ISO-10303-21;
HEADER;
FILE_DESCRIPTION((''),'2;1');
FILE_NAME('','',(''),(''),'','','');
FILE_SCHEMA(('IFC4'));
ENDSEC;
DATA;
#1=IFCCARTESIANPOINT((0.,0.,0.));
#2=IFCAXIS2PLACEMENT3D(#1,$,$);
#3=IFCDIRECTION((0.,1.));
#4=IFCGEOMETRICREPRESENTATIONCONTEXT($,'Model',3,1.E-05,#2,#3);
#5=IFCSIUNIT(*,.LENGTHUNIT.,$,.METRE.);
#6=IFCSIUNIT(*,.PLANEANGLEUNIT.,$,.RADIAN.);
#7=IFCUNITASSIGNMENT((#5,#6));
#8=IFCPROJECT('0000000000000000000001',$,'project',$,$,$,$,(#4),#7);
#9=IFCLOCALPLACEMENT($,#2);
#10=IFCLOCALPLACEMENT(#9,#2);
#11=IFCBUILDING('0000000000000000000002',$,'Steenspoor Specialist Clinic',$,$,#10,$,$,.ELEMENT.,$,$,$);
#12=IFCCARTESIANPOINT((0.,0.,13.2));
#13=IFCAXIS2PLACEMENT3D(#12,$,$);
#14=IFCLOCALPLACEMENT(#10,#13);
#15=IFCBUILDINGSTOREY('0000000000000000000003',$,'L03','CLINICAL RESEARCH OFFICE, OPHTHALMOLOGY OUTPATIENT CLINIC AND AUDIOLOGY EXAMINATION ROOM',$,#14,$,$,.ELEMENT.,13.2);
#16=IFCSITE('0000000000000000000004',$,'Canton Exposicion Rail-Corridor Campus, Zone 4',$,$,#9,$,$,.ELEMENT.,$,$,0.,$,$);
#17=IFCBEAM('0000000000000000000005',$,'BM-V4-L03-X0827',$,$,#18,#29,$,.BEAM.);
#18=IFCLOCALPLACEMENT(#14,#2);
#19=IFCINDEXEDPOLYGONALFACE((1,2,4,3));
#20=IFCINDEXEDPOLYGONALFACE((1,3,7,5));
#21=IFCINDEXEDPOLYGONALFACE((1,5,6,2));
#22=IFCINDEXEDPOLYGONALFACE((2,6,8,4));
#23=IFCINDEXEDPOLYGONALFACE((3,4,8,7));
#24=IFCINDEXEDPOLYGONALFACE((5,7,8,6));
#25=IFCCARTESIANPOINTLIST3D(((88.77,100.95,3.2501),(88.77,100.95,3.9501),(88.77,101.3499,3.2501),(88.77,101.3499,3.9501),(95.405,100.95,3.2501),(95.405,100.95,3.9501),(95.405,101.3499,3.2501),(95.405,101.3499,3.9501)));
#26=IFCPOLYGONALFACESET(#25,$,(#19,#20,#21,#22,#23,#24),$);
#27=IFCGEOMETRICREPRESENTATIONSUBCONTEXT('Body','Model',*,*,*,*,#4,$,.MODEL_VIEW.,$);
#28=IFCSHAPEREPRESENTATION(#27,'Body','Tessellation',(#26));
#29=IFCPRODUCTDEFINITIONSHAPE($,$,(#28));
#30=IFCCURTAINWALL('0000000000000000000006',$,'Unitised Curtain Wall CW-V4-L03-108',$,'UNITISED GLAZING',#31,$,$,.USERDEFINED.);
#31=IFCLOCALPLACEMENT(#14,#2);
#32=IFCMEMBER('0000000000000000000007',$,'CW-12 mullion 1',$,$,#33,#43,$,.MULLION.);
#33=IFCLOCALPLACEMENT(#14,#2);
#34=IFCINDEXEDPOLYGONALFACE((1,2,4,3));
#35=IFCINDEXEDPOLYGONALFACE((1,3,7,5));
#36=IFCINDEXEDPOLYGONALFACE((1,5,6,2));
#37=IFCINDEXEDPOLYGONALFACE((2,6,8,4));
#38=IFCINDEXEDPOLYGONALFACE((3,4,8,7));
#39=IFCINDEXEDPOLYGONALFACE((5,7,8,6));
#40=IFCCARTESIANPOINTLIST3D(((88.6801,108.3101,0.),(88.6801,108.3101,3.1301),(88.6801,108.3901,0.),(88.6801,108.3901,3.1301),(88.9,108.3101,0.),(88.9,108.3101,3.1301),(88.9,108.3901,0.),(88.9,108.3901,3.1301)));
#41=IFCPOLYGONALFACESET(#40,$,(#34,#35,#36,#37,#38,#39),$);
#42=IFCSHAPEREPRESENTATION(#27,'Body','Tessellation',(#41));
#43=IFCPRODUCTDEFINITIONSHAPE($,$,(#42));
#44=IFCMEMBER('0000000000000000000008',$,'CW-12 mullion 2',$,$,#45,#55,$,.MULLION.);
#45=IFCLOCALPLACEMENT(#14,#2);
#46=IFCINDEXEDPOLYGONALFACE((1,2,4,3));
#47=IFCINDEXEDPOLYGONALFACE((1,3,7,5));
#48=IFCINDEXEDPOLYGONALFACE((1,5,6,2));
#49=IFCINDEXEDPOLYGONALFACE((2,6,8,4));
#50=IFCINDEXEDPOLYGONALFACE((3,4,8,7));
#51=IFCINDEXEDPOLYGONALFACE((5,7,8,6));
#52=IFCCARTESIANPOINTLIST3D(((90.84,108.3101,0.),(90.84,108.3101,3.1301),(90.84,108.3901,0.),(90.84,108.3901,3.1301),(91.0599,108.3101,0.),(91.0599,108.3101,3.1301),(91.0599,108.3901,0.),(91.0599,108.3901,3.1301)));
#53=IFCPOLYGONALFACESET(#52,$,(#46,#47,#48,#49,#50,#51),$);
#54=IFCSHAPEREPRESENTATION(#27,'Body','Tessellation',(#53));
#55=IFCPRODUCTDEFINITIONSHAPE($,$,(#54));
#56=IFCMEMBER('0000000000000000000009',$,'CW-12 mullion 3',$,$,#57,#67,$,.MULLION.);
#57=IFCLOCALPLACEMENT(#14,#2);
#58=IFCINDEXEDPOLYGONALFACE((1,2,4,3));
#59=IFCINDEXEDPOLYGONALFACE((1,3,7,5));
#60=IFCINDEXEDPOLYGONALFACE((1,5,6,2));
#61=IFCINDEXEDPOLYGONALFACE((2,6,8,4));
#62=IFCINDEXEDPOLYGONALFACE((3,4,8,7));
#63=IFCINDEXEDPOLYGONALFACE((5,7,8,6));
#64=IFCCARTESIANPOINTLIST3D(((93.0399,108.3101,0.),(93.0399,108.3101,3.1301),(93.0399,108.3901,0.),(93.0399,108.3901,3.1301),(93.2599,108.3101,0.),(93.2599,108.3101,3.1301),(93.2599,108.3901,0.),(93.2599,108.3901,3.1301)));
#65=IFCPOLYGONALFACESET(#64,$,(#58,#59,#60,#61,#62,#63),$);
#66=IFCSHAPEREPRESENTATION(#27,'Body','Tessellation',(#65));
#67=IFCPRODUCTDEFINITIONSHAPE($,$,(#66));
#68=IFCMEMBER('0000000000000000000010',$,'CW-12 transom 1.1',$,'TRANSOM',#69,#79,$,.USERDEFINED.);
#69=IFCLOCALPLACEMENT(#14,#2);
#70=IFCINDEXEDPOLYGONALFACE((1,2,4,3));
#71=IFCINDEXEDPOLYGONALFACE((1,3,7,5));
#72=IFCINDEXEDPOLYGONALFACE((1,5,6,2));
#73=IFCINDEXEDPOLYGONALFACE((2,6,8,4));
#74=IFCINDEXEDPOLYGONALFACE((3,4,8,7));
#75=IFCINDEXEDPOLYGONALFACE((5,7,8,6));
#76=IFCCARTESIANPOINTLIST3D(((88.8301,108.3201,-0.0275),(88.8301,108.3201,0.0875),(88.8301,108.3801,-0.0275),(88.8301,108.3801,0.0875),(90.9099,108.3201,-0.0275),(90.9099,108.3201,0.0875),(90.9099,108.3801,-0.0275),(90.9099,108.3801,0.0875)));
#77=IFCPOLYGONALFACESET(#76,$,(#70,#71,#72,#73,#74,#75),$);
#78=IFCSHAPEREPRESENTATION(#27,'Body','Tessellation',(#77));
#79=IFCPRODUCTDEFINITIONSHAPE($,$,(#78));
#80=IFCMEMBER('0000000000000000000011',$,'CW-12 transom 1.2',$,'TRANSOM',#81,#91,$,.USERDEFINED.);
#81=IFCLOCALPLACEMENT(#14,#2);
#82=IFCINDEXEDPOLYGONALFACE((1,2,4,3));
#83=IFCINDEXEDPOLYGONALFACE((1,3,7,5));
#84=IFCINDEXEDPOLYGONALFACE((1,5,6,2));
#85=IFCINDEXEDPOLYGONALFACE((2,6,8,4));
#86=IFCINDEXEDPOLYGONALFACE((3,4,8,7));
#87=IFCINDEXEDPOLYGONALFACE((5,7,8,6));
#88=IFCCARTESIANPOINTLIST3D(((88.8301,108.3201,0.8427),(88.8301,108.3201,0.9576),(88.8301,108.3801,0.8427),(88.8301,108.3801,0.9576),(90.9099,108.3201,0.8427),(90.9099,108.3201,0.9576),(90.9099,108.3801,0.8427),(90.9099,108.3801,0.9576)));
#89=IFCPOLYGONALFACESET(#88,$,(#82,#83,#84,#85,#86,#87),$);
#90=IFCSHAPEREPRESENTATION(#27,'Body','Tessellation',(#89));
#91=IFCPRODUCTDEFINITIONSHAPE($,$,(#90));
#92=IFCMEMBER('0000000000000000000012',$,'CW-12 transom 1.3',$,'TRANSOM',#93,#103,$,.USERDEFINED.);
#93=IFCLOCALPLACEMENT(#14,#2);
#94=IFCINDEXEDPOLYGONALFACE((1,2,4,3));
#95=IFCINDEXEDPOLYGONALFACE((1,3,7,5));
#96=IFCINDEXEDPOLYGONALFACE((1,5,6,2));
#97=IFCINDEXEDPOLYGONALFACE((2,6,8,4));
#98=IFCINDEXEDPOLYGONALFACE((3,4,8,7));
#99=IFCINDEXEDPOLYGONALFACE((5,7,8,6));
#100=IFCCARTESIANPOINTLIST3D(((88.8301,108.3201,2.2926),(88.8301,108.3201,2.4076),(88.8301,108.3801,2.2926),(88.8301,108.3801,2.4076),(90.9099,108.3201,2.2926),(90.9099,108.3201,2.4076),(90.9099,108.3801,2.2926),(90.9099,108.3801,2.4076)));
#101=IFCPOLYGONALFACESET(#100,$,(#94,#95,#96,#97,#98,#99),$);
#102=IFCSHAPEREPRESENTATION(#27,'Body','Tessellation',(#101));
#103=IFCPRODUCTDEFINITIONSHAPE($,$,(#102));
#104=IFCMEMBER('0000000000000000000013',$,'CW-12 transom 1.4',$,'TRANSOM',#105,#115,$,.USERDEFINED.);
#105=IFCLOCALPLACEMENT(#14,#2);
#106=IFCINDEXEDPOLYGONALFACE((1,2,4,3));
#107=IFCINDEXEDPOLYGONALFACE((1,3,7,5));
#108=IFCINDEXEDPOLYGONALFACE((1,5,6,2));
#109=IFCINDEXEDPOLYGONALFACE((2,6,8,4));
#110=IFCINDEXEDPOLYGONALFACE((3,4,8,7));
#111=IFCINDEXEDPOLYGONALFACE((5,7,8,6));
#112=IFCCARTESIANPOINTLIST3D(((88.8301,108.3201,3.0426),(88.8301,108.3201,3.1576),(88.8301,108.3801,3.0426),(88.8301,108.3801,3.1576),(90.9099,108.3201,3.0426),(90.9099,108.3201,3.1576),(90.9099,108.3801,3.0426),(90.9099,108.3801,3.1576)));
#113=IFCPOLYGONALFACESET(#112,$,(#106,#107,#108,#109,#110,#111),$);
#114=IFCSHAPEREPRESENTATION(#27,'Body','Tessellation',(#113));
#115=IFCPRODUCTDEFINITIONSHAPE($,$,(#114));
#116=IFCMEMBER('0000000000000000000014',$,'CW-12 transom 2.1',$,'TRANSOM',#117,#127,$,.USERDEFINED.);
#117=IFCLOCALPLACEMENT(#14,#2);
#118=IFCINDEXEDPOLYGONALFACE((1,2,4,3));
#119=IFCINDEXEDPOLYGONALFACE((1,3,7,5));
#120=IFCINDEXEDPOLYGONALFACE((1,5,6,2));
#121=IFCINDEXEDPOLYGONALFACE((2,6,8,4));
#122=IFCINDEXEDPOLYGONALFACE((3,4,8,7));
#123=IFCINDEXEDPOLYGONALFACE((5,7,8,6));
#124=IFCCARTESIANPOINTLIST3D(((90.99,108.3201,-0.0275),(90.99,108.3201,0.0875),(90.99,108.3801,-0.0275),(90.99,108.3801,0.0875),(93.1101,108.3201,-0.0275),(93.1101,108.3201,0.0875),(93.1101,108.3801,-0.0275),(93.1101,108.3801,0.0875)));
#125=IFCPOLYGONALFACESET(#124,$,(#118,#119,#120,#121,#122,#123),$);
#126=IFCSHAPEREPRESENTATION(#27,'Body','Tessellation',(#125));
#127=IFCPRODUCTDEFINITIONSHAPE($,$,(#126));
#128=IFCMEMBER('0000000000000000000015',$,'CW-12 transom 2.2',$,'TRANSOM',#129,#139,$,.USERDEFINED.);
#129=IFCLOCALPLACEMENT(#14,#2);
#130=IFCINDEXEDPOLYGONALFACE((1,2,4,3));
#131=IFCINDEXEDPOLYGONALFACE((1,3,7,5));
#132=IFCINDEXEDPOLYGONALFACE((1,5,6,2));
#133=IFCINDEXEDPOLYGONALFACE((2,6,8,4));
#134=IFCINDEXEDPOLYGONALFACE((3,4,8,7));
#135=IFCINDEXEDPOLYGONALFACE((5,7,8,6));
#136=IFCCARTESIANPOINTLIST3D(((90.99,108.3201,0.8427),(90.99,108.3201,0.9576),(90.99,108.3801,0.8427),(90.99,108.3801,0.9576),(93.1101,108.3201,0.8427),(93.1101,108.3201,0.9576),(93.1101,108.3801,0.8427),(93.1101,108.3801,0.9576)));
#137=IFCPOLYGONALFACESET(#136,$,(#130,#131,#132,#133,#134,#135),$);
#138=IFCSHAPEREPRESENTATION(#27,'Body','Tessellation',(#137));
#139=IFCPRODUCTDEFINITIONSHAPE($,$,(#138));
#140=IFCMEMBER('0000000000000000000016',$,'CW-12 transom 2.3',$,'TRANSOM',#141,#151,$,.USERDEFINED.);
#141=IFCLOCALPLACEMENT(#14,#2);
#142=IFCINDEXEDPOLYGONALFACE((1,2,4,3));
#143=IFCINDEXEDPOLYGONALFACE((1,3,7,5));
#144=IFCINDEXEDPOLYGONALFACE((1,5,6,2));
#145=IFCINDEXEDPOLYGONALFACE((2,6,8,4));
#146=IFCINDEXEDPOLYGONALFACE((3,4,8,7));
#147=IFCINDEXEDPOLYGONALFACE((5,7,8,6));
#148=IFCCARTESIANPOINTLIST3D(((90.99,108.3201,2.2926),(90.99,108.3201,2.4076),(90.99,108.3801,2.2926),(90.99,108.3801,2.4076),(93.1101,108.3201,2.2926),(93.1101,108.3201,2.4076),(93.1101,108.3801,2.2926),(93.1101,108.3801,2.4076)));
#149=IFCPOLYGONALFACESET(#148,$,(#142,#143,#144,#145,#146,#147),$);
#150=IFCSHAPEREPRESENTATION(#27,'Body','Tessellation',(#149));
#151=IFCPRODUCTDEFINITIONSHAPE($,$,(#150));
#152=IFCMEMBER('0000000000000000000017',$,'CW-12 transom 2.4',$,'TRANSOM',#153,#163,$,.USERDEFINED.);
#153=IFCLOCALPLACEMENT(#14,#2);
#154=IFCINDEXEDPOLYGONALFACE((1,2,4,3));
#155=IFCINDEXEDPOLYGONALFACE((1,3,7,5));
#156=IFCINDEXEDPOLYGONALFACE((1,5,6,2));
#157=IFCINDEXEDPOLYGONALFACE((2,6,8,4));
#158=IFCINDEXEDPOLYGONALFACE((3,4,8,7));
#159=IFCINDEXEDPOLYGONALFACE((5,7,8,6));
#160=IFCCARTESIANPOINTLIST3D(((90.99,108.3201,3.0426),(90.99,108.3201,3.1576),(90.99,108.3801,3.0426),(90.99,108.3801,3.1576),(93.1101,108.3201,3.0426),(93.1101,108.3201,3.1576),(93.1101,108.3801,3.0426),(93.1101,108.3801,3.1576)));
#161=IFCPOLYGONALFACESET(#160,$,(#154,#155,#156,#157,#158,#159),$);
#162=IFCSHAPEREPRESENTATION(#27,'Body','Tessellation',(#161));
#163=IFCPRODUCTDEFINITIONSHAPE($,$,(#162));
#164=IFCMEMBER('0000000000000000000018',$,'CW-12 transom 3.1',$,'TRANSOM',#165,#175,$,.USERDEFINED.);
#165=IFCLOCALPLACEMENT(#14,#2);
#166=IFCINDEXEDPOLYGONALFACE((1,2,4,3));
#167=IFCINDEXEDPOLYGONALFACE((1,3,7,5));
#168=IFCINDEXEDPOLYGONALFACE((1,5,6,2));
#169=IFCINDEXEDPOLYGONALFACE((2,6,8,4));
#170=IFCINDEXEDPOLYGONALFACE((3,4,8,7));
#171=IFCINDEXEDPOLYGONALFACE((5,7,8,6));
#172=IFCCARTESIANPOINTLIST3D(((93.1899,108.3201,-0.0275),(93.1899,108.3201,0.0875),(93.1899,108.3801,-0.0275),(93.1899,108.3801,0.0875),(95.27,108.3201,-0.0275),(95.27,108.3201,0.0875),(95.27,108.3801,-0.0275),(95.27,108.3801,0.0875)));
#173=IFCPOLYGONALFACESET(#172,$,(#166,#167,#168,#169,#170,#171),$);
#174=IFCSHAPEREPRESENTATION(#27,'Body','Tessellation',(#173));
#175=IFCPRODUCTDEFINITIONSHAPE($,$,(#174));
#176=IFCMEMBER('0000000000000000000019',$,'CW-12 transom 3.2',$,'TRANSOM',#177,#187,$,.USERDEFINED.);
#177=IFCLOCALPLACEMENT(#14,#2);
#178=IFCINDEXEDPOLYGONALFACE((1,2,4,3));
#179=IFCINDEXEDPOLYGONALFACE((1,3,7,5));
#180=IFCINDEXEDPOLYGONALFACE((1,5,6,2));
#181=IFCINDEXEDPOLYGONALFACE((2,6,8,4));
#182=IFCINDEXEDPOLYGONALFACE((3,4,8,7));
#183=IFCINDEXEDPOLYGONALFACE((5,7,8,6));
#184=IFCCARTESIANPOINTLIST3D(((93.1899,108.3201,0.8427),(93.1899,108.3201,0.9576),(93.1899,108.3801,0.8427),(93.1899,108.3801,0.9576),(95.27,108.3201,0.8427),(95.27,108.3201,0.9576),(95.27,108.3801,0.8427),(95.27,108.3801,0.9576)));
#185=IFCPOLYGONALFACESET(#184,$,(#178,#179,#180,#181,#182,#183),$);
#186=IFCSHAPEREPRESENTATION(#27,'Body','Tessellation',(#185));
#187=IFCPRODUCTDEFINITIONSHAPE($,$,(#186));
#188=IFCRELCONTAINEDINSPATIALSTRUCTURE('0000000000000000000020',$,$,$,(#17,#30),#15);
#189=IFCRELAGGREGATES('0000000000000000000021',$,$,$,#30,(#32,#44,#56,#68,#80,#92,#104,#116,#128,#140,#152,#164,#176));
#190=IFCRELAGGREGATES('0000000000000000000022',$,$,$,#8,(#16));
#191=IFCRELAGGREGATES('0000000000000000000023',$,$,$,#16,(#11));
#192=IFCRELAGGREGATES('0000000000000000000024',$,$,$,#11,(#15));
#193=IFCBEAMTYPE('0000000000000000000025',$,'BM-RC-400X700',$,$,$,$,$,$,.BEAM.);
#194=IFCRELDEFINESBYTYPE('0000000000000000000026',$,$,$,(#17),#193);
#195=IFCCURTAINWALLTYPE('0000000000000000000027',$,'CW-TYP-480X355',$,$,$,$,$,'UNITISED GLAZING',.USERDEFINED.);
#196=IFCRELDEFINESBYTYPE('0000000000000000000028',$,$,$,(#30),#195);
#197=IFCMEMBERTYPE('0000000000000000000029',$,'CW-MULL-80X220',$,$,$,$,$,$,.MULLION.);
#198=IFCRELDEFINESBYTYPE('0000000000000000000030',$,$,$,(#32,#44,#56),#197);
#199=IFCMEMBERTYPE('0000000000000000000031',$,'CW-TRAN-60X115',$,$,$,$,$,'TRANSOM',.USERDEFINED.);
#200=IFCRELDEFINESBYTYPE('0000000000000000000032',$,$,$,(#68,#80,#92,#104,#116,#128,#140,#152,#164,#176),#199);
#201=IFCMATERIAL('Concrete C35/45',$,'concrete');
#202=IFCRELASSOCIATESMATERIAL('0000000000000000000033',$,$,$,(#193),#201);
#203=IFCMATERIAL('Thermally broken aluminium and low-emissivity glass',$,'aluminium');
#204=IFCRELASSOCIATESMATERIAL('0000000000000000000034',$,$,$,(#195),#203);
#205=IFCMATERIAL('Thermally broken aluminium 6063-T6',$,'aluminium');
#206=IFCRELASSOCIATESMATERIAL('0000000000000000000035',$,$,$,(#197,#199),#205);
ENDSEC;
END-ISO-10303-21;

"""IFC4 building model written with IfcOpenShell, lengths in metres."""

from ifc_helpers import new_model, si_unit, direction, frame, origin, origin_2d, place, context, subcontext, project, spatial, rectangle, extrude, material, material_profile, profile_set, type_object, element, aggregate, save


model = new_model("IFC4")

# Units and contexts
model_context = context("Model", 3, precision=1e-05, world=origin(), true_north=direction((0.0, 1.0)))
body_context = subcontext(model_context, "Body", "Model", "MODEL_VIEW")
ifc_project = project(units=[si_unit("LENGTHUNIT", "METRE"), si_unit("PLANEANGLEUNIT", "RADIAN")], contexts=[model_context])

# Site, building, storey
site_placement = place(None, origin())
site = spatial("IfcSite", under=ifc_project, at=site_placement, Name="Canton Exposicion Rail-Corridor Campus, Zone 4", CompositionType="ELEMENT", RefElevation=0.0)
building_placement = place(site_placement, origin())
building = spatial("IfcBuilding", under=site, at=building_placement, Name="Steenspoor Specialist Clinic", CompositionType="ELEMENT")
storey_placement = place(building_placement, frame((0.0, 0.0, 13.2)))
storey = spatial("IfcBuildingStorey", under=building, at=storey_placement, Name="L03", Description="CLINICAL RESEARCH OFFICE, OPHTHALMOLOGY OUTPATIENT CLINIC AND AUDIOLOGY EXAMINATION ROOM", CompositionType="ELEMENT", Elevation=13.2)

# Beam
ifc_material_1 = material(Name="Concrete C35/45", Category="concrete")
ifc_material_profile_1 = material_profile(ifc_material_1, rectangle(XDim=0.3999, YDim=0.7, at=origin_2d()), Name="RC-BM-400X700")
ifc_profile_set_1 = profile_set([ifc_material_profile_1], Name="Concrete C35/45")
beam_type_1 = type_object("IfcBeamType", Name="BM-RC-400X700", PredefinedType="BEAM", material=ifc_profile_set_1)
beam_1_placement = place(storey_placement, frame((88.77, 101.1499, 3.6001), z_axis=(1.0, 0.0, 0.0), x_axis=(0.0, 1.0, 0.0)))
element("IfcBeam", 1, at=beam_1_placement, inside=storey, type_object=beam_type_1, Name="BM-V4-L03-X0827", PredefinedType="BEAM", context=body_context, shape_type="SweptSolid", body=[
    extrude(rectangle(XDim=0.3999, YDim=0.7, at=origin_2d()), origin(), (0.0, 0.0, 1.0), 6.635),
])

# Curtain wall, members
ifc_material_2 = material(Name="Thermally broken aluminium and low-emissivity glass", Category="aluminium")
curtain_wall_type = type_object("IfcCurtainWallType", Name="CW-TYP-480X355", ElementType="UNITISED GLAZING", PredefinedType="USERDEFINED", material=ifc_material_2)
curtain_wall_placement = place(storey_placement, origin())
curtain_wall = element("IfcCurtainWall", 2, at=curtain_wall_placement, inside=storey, type_object=curtain_wall_type, Name="Unitised Curtain Wall CW-V4-L03-108", ObjectType="UNITISED GLAZING", PredefinedType="USERDEFINED")
ifc_material_3 = material(Name="Thermally broken aluminium 6063-T6", Category="aluminium")
ifc_material_profile_2 = material_profile(ifc_material_3, rectangle(XDim=0.0801, YDim=0.22, at=origin_2d()), Name="CWM-80X220")
ifc_profile_set_2 = profile_set([ifc_material_profile_2], Name="Thermally broken aluminium 6063-T6")
member_type_1 = type_object("IfcMemberType", Name="CW-MULL-80X220", PredefinedType="MULLION", material=ifc_profile_set_2)
member_1_placement = place(storey_placement, frame((88.79, 108.3501, 0.0), z_axis=(0.0, 0.0, 1.0), x_axis=(0.0, 1.0, 0.0)))
member_1 = element("IfcMember", 3, at=member_1_placement, type_object=member_type_1, Name="CW-12 mullion 1", PredefinedType="MULLION", context=body_context, shape_type="SweptSolid", body=[
    extrude(rectangle(XDim=0.0801, YDim=0.22, at=origin_2d()), origin(), (0.0, 0.0, 1.0), 3.1301),
])
member_2_placement = place(storey_placement, frame((90.95, 108.3501, 0.0), z_axis=(0.0, 0.0, 1.0), x_axis=(0.0, 1.0, 0.0)))
member_2 = element("IfcMember", 4, at=member_2_placement, type_object=member_type_1, Name="CW-12 mullion 2", PredefinedType="MULLION", context=body_context, shape_type="SweptSolid", body=[
    extrude(rectangle(XDim=0.0801, YDim=0.22, at=origin_2d()), origin(), (0.0, 0.0, 1.0), 3.1301),
])
member_3_placement = place(storey_placement, frame((93.1499, 108.3501, 0.0), z_axis=(0.0, 0.0, 1.0), x_axis=(0.0, 1.0, 0.0)))
member_3 = element("IfcMember", 5, at=member_3_placement, type_object=member_type_1, Name="CW-12 mullion 3", PredefinedType="MULLION", context=body_context, shape_type="SweptSolid", body=[
    extrude(rectangle(XDim=0.0801, YDim=0.22, at=origin_2d()), origin(), (0.0, 0.0, 1.0), 3.1301),
])
ifc_material_profile_3 = material_profile(ifc_material_3, rectangle(XDim=0.0601, YDim=0.115, at=origin_2d()), Name="CWT-60X115")
ifc_profile_set_3 = profile_set([ifc_material_profile_3], Name="Thermally broken aluminium 6063-T6")
member_type_2 = type_object("IfcMemberType", Name="CW-TRAN-60X115", ElementType="TRANSOM", PredefinedType="USERDEFINED", material=ifc_profile_set_3)
member_4_placement = place(storey_placement, frame((88.8301, 108.3501, 0.03), z_axis=(1.0, 0.0, 0.0), x_axis=(0.0, 1.0, 0.0)))
member_4 = element("IfcMember", 6, at=member_4_placement, type_object=member_type_2, Name="CW-12 transom 1.1", ObjectType="TRANSOM", PredefinedType="USERDEFINED", context=body_context, shape_type="SweptSolid", body=[
    extrude(rectangle(XDim=0.0601, YDim=0.115, at=origin_2d()), origin(), (0.0, 0.0, 1.0), 2.0798),
])
member_5_placement = place(storey_placement, frame((88.8301, 108.3501, 0.9001), z_axis=(1.0, 0.0, 0.0), x_axis=(0.0, 1.0, 0.0)))
member_5 = element("IfcMember", 7, at=member_5_placement, type_object=member_type_2, Name="CW-12 transom 1.2", ObjectType="TRANSOM", PredefinedType="USERDEFINED", context=body_context, shape_type="SweptSolid", body=[
    extrude(rectangle(XDim=0.0601, YDim=0.115, at=origin_2d()), origin(), (0.0, 0.0, 1.0), 2.0798),
])
member_6_placement = place(storey_placement, frame((88.8301, 108.3501, 2.3501), z_axis=(1.0, 0.0, 0.0), x_axis=(0.0, 1.0, 0.0)))
member_6 = element("IfcMember", 8, at=member_6_placement, type_object=member_type_2, Name="CW-12 transom 1.3", ObjectType="TRANSOM", PredefinedType="USERDEFINED", context=body_context, shape_type="SweptSolid", body=[
    extrude(rectangle(XDim=0.0601, YDim=0.115, at=origin_2d()), origin(), (0.0, 0.0, 1.0), 2.0798),
])
member_7_placement = place(storey_placement, frame((88.8301, 108.3501, 3.1001), z_axis=(1.0, 0.0, 0.0), x_axis=(0.0, 1.0, 0.0)))
member_7 = element("IfcMember", 9, at=member_7_placement, type_object=member_type_2, Name="CW-12 transom 1.4", ObjectType="TRANSOM", PredefinedType="USERDEFINED", context=body_context, shape_type="SweptSolid", body=[
    extrude(rectangle(XDim=0.0601, YDim=0.115, at=origin_2d()), origin(), (0.0, 0.0, 1.0), 2.0798),
])
member_8_placement = place(storey_placement, frame((90.99, 108.3501, 0.03), z_axis=(1.0, 0.0, 0.0), x_axis=(0.0, 1.0, 0.0)))
member_8 = element("IfcMember", 10, at=member_8_placement, type_object=member_type_2, Name="CW-12 transom 2.1", ObjectType="TRANSOM", PredefinedType="USERDEFINED", context=body_context, shape_type="SweptSolid", body=[
    extrude(rectangle(XDim=0.0601, YDim=0.115, at=origin_2d()), origin(), (0.0, 0.0, 1.0), 2.1201),
])
member_9_placement = place(storey_placement, frame((90.99, 108.3501, 0.9001), z_axis=(1.0, 0.0, 0.0), x_axis=(0.0, 1.0, 0.0)))
member_9 = element("IfcMember", 11, at=member_9_placement, type_object=member_type_2, Name="CW-12 transom 2.2", ObjectType="TRANSOM", PredefinedType="USERDEFINED", context=body_context, shape_type="SweptSolid", body=[
    extrude(rectangle(XDim=0.0601, YDim=0.115, at=origin_2d()), origin(), (0.0, 0.0, 1.0), 2.1201),
])
member_10_placement = place(storey_placement, frame((90.99, 108.3501, 2.3501), z_axis=(1.0, 0.0, 0.0), x_axis=(0.0, 1.0, 0.0)))
member_10 = element("IfcMember", 12, at=member_10_placement, type_object=member_type_2, Name="CW-12 transom 2.3", ObjectType="TRANSOM", PredefinedType="USERDEFINED", context=body_context, shape_type="SweptSolid", body=[
    extrude(rectangle(XDim=0.0601, YDim=0.115, at=origin_2d()), origin(), (0.0, 0.0, 1.0), 2.1201),
])
member_11_placement = place(storey_placement, frame((90.99, 108.3501, 3.1001), z_axis=(1.0, 0.0, 0.0), x_axis=(0.0, 1.0, 0.0)))
member_11 = element("IfcMember", 13, at=member_11_placement, type_object=member_type_2, Name="CW-12 transom 2.4", ObjectType="TRANSOM", PredefinedType="USERDEFINED", context=body_context, shape_type="SweptSolid", body=[
    extrude(rectangle(XDim=0.0601, YDim=0.115, at=origin_2d()), origin(), (0.0, 0.0, 1.0), 2.1201),
])
member_12_placement = place(storey_placement, frame((93.1899, 108.3501, 0.03), z_axis=(1.0, 0.0, 0.0), x_axis=(0.0, 1.0, 0.0)))
member_12 = element("IfcMember", 14, at=member_12_placement, type_object=member_type_2, Name="CW-12 transom 3.1", ObjectType="TRANSOM", PredefinedType="USERDEFINED", context=body_context, shape_type="SweptSolid", body=[
    extrude(rectangle(XDim=0.0601, YDim=0.115, at=origin_2d()), origin(), (0.0, 0.0, 1.0), 2.0801),
])
member_13_placement = place(storey_placement, frame((93.1899, 108.3501, 0.9001), z_axis=(1.0, 0.0, 0.0), x_axis=(0.0, 1.0, 0.0)))
member_13 = element("IfcMember", 15, at=member_13_placement, type_object=member_type_2, Name="CW-12 transom 3.2", ObjectType="TRANSOM", PredefinedType="USERDEFINED", context=body_context, shape_type="SweptSolid", body=[
    extrude(rectangle(XDim=0.0601, YDim=0.115, at=origin_2d()), origin(), (0.0, 0.0, 1.0), 2.0801),
])

aggregate(curtain_wall, [member_1, member_2, member_3, member_4, member_5, member_6, member_7, member_8, member_9, member_10, member_11, member_12, member_13])

save(model, "model.ifc")
